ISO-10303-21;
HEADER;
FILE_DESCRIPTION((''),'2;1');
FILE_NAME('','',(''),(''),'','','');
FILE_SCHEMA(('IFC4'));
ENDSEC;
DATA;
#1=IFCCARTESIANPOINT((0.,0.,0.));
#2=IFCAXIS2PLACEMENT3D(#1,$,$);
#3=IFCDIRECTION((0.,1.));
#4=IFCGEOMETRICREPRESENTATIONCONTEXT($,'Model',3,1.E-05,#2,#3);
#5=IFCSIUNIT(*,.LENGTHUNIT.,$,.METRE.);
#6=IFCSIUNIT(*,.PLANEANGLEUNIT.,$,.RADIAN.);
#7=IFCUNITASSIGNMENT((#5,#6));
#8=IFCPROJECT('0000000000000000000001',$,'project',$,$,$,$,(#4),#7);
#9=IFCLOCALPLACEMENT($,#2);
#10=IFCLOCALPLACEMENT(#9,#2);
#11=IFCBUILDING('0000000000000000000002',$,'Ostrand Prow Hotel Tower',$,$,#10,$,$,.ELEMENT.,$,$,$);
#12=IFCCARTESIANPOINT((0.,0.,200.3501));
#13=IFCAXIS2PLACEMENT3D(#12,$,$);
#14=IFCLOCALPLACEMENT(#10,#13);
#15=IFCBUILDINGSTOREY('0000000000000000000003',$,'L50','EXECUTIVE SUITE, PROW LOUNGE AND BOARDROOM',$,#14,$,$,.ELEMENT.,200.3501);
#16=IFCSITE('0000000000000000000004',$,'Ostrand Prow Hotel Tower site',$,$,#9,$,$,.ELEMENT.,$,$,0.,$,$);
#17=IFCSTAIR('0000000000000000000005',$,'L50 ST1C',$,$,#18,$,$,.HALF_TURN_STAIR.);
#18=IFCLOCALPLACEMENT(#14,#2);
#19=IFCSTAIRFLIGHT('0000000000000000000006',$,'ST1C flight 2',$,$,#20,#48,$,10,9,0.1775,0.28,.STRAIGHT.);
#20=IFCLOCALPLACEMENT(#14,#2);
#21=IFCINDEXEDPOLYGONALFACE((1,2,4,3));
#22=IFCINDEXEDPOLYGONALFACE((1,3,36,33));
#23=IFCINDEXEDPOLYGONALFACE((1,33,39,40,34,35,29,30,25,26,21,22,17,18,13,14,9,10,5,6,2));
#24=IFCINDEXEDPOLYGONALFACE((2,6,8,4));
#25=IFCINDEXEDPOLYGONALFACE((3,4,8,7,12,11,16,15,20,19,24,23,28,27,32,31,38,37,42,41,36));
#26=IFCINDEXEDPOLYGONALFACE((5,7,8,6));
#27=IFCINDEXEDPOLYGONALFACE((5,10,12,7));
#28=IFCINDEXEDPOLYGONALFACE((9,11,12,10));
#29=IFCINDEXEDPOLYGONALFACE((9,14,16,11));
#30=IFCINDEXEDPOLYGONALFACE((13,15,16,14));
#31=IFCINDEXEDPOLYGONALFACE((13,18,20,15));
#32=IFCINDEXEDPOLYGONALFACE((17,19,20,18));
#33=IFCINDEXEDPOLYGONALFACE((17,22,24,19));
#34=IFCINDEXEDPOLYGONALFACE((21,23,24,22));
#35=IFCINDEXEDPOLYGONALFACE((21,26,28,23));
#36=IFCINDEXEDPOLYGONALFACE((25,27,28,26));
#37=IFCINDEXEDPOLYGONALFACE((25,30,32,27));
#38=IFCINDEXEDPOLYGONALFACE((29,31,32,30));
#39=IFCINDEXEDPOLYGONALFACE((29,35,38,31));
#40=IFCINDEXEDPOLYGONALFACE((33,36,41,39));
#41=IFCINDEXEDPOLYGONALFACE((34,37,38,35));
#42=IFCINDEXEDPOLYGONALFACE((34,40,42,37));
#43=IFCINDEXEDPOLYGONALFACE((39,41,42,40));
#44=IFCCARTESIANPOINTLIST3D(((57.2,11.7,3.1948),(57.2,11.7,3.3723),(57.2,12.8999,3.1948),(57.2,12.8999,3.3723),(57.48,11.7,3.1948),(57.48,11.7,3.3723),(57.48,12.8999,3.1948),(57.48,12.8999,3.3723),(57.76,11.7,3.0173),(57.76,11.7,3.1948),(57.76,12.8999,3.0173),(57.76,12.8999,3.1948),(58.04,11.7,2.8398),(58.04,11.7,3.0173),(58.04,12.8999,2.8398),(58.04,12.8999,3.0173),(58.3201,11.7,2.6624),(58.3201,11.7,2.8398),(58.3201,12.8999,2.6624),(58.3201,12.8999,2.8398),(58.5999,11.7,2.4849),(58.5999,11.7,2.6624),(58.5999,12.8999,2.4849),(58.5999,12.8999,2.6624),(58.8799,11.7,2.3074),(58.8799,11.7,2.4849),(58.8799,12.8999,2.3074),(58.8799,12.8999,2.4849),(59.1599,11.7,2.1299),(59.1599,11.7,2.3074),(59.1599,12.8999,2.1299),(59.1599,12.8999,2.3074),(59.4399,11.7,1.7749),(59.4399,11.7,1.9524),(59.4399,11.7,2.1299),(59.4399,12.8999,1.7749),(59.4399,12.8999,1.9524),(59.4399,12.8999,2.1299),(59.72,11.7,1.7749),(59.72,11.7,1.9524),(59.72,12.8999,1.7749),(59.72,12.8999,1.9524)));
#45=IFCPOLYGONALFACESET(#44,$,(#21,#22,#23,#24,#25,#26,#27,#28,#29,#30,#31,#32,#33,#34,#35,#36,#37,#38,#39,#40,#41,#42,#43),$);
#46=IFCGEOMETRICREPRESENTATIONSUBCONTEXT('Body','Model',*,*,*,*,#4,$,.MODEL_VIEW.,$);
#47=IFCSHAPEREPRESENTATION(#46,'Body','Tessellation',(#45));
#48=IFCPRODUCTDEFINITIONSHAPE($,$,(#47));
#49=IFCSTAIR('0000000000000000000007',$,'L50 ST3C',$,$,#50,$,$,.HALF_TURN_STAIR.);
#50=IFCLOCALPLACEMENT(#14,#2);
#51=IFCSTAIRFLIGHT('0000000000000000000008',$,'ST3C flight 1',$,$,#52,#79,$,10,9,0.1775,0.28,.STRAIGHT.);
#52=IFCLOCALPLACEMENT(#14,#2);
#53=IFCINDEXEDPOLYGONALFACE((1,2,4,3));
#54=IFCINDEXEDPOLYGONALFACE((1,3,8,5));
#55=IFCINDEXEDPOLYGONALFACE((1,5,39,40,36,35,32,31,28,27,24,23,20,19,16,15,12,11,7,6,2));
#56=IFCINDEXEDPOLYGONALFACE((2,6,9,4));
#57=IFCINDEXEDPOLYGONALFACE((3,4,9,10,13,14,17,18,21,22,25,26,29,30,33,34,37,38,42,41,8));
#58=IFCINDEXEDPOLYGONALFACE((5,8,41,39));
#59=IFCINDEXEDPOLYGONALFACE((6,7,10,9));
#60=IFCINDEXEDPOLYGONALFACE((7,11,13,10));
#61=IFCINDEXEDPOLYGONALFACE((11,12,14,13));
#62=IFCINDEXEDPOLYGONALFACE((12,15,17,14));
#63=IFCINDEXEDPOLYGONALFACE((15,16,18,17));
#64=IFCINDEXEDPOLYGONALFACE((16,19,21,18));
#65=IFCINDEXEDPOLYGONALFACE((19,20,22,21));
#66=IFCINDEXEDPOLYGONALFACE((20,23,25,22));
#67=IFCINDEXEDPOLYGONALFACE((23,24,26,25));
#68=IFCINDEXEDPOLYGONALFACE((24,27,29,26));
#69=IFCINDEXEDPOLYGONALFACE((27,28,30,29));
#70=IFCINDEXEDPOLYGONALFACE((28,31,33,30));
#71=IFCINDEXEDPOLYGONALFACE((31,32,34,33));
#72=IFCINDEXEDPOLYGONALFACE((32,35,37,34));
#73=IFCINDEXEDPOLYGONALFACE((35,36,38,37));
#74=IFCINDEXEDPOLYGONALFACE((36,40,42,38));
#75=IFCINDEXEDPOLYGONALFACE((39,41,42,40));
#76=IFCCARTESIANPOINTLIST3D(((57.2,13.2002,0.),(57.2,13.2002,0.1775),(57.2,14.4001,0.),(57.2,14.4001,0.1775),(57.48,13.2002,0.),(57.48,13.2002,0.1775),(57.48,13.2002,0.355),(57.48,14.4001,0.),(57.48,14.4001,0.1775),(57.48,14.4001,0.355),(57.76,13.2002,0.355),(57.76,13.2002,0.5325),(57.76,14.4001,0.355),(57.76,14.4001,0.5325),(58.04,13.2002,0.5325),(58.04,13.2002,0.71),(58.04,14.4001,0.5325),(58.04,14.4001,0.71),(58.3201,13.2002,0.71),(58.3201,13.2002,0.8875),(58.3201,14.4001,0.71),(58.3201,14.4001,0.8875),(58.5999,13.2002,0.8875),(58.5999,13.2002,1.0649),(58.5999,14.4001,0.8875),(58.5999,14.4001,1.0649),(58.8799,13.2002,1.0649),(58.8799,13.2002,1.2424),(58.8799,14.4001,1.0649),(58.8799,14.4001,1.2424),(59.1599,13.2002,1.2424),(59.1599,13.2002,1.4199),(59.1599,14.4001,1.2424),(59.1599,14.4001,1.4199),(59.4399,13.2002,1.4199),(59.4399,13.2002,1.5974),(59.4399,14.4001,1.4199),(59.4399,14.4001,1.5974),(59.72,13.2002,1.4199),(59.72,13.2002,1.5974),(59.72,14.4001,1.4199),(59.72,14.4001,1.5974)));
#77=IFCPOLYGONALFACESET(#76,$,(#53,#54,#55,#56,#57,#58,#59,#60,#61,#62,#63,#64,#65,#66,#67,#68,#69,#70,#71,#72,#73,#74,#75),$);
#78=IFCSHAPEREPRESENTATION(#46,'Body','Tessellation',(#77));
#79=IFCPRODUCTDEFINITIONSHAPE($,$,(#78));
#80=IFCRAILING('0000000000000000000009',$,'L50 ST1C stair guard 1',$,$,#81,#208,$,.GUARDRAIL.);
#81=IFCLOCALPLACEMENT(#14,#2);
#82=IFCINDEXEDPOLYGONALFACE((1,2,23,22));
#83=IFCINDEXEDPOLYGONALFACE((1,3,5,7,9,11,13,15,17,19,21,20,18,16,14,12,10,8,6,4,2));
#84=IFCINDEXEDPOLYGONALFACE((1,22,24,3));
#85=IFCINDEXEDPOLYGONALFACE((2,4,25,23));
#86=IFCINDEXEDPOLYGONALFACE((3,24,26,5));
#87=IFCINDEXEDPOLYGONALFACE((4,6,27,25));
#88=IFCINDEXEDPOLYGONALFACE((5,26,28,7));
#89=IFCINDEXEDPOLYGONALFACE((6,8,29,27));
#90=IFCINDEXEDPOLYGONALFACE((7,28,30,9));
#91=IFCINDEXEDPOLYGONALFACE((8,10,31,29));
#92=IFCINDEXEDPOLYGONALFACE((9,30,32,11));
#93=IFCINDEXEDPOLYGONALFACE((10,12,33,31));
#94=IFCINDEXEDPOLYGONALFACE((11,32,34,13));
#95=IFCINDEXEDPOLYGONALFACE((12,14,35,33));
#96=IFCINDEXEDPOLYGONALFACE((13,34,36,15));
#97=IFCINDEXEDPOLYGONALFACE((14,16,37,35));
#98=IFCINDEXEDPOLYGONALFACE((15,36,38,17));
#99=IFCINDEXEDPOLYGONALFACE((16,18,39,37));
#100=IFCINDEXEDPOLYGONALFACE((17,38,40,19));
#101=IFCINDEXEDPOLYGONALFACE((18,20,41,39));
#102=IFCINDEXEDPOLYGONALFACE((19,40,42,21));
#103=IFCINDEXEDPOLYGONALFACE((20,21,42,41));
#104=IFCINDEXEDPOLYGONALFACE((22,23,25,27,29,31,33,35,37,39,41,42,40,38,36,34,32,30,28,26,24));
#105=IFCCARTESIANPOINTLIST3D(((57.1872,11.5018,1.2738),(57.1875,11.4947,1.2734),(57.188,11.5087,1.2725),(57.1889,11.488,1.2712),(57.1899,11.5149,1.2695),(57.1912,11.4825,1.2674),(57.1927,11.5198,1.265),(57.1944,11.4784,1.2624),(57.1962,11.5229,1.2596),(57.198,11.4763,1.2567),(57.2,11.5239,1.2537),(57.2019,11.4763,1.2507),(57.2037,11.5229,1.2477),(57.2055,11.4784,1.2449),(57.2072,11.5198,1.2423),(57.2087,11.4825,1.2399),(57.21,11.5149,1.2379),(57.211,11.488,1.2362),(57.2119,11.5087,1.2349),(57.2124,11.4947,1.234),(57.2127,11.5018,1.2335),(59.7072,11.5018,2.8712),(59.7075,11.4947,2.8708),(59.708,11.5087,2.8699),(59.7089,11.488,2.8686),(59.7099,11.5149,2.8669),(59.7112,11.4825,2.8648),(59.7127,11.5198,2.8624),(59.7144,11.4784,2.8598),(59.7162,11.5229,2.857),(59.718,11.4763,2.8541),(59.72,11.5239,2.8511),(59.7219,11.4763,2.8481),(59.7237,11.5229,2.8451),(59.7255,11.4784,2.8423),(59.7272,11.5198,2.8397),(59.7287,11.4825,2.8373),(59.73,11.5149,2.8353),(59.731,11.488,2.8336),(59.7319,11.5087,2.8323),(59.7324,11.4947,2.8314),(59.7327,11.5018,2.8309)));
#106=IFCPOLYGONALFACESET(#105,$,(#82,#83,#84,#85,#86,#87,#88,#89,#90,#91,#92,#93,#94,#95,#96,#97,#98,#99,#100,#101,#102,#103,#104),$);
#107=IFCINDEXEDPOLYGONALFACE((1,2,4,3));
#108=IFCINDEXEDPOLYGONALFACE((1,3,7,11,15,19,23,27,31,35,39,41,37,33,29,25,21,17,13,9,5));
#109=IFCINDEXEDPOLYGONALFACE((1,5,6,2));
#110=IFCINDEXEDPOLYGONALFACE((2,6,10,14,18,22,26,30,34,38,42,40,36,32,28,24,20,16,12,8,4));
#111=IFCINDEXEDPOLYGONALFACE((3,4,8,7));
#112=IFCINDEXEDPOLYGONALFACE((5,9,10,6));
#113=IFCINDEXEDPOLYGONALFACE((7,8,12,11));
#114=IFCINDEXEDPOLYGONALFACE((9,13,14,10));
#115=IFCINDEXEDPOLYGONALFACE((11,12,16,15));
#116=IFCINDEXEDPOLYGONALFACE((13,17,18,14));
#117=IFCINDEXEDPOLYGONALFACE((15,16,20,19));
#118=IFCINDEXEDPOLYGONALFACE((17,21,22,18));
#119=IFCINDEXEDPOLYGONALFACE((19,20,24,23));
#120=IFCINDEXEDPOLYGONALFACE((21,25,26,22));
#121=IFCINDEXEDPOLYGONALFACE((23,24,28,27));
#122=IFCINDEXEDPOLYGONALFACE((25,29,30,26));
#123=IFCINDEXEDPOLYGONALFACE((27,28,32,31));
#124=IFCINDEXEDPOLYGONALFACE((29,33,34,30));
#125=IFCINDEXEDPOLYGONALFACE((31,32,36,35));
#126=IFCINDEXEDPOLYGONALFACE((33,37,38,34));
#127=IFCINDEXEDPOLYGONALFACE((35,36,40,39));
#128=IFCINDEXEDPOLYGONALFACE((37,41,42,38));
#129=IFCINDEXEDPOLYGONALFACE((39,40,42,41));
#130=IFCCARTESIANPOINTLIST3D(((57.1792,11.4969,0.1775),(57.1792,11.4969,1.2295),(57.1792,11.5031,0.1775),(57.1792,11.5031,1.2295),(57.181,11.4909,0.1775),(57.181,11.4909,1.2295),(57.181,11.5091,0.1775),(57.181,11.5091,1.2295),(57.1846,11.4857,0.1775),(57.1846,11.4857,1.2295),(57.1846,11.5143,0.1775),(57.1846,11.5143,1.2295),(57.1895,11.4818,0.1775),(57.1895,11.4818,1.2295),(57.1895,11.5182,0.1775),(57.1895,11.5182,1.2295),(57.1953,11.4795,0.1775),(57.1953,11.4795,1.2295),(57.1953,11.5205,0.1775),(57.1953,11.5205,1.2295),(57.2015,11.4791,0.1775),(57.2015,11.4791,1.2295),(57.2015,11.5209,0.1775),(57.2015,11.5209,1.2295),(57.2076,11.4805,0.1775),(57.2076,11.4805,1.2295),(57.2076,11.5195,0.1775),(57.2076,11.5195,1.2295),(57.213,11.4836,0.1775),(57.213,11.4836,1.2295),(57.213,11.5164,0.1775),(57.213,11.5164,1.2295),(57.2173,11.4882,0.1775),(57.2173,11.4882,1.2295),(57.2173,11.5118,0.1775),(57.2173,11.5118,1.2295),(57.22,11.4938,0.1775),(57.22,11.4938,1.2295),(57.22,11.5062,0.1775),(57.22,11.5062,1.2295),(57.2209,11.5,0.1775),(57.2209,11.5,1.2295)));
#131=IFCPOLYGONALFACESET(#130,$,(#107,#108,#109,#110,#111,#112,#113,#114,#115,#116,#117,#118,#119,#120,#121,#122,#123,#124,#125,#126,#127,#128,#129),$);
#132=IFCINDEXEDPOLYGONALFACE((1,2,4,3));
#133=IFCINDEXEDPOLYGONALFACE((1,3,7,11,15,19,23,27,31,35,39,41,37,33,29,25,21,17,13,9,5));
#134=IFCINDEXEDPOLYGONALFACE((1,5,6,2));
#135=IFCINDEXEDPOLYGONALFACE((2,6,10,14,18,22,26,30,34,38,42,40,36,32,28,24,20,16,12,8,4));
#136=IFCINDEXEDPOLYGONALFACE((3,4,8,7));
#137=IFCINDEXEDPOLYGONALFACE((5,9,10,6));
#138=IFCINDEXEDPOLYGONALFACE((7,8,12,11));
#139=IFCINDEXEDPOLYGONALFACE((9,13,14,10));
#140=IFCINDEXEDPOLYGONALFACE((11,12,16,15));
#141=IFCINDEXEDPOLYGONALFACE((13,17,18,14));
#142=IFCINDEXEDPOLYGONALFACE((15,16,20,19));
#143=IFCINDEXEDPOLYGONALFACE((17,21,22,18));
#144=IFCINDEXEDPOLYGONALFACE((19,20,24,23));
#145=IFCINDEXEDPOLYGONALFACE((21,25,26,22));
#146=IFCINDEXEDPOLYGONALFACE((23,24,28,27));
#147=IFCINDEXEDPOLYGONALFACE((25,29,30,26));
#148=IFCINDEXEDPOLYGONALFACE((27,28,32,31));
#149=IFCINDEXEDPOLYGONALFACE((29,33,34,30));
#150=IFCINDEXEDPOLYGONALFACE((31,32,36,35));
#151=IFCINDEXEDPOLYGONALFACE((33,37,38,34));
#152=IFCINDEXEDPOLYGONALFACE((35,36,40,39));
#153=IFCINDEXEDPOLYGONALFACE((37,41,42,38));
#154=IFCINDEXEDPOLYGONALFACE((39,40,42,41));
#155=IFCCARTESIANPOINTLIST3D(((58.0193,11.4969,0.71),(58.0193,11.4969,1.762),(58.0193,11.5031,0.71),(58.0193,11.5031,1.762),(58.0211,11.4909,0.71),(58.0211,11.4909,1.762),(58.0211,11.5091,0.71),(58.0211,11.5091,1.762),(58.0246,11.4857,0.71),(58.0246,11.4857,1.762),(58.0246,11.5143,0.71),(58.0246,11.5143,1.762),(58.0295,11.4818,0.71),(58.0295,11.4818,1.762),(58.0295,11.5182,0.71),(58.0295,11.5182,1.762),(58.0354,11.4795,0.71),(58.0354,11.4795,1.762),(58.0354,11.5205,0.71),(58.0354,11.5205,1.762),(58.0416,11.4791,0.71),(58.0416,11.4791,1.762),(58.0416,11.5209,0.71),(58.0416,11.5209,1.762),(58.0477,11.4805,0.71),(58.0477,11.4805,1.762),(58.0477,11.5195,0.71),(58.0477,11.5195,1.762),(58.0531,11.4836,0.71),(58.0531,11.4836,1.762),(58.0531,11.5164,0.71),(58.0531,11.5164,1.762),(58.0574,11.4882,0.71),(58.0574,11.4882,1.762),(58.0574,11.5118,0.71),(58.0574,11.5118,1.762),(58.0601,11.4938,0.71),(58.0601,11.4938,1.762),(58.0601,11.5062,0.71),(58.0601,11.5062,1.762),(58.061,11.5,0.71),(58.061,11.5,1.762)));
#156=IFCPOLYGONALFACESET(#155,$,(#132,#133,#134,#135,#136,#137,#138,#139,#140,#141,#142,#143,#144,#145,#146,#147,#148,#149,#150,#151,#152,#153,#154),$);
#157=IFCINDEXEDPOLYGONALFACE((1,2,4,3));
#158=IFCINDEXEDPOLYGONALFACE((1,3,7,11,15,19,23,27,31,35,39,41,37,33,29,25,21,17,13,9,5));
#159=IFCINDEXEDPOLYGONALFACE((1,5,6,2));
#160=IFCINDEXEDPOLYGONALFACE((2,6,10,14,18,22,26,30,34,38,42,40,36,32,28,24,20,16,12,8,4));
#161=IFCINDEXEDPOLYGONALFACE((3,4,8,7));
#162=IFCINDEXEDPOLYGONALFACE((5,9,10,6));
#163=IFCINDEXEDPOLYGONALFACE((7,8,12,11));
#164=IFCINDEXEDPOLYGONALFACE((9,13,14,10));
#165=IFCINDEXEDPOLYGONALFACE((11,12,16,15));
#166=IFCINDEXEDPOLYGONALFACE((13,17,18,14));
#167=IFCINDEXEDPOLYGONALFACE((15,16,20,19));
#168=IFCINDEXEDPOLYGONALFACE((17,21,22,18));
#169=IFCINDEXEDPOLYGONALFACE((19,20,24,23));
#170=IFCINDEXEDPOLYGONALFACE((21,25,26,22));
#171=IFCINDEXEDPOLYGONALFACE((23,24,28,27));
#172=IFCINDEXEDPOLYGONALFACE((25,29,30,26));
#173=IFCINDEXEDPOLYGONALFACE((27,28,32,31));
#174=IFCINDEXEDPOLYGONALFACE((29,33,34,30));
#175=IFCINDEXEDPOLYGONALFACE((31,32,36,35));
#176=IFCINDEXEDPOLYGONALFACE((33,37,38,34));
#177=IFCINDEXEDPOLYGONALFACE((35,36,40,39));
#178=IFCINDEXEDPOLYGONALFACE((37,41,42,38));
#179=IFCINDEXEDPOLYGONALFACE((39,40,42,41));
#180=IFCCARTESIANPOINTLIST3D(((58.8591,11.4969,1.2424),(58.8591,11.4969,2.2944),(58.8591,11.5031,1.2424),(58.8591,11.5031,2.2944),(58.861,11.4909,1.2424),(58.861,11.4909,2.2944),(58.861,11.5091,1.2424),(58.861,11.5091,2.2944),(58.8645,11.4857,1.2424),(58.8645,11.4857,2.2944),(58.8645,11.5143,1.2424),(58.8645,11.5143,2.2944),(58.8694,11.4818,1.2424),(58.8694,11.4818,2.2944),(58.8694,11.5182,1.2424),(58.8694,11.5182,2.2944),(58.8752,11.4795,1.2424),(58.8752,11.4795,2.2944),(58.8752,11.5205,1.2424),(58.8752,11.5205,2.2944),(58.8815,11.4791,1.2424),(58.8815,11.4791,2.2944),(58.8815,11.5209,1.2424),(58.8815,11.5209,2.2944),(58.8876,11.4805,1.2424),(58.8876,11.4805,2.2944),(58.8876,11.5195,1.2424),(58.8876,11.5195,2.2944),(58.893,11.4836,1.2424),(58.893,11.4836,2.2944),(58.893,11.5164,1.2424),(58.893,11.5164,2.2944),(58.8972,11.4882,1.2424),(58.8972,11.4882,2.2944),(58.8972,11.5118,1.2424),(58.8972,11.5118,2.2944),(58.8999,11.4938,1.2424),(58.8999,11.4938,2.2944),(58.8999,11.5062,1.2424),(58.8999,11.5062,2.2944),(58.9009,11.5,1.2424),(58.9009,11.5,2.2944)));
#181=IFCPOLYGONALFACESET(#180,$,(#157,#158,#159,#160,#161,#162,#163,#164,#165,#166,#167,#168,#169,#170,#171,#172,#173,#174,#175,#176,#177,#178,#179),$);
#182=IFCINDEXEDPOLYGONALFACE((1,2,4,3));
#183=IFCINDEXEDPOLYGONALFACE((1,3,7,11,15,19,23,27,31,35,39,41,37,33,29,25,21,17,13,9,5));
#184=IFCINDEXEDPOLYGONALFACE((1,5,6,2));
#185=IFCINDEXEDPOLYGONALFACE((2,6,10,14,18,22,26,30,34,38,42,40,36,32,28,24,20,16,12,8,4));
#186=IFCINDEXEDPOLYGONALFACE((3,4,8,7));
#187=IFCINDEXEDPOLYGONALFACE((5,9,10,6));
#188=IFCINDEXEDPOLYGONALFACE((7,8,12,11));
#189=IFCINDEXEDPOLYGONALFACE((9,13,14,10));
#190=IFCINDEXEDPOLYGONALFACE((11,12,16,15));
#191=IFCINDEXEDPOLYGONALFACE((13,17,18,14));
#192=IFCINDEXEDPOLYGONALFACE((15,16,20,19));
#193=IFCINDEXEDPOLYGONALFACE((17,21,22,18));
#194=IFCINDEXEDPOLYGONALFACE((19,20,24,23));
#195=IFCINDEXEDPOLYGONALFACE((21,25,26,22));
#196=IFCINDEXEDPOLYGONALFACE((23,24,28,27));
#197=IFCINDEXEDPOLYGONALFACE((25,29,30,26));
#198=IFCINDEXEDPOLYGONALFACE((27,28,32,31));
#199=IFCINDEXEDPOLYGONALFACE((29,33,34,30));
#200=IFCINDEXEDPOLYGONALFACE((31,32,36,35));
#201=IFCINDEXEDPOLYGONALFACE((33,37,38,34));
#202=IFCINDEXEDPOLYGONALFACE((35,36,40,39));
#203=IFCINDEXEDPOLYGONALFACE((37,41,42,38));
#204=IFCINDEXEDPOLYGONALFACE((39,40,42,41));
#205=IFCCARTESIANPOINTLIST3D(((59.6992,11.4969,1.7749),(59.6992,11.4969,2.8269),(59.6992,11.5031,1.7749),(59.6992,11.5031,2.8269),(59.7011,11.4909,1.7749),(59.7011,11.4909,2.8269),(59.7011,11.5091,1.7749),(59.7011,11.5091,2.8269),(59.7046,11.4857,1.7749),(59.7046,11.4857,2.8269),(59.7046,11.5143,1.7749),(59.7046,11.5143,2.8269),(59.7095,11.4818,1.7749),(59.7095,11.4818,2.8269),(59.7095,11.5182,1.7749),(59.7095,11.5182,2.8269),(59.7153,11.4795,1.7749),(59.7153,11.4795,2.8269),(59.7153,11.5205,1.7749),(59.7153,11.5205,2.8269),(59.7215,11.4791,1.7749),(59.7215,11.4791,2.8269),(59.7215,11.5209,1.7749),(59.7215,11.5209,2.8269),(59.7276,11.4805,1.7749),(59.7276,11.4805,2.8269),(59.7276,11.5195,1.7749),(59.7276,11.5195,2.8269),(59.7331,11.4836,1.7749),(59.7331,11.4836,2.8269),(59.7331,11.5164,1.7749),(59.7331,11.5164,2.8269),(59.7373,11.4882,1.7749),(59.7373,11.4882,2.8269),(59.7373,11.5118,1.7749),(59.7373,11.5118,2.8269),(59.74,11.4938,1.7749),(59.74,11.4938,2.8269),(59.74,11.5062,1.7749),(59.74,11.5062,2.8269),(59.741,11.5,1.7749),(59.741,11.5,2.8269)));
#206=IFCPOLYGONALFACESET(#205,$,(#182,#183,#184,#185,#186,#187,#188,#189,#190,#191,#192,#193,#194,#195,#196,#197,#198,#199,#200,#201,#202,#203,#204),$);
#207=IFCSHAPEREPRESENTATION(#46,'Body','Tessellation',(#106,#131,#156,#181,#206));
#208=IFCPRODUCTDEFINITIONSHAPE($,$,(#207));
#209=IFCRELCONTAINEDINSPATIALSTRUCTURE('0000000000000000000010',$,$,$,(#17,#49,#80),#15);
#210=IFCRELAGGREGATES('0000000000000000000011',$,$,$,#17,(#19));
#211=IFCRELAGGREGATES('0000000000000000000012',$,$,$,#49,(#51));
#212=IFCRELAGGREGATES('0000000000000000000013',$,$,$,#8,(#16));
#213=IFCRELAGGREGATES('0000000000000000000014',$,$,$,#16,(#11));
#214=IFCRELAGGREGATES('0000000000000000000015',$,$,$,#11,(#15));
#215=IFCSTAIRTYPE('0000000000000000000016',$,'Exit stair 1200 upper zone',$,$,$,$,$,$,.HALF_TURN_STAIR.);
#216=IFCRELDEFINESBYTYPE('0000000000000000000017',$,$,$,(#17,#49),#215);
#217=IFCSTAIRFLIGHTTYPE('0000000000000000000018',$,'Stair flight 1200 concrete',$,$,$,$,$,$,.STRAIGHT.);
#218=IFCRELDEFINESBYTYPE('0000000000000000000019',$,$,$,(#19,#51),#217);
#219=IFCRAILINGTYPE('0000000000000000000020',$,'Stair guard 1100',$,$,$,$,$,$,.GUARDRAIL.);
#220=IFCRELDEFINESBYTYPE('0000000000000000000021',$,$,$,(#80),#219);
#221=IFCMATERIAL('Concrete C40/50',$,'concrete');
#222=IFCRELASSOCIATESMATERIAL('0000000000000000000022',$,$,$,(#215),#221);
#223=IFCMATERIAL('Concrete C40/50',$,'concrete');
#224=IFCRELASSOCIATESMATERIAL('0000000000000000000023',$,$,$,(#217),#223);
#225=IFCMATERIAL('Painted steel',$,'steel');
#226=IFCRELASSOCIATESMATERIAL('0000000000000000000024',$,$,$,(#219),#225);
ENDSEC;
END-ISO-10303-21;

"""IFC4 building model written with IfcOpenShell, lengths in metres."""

from ifc_helpers import new_model, si_unit, direction, frame, origin, origin_2d, place, context, subcontext, project, spatial, polyline, circle, outline, extrude, material, type_object, element, aggregate, save


model = new_model("IFC4")

# Units and contexts
model_context = context("Model", 3, precision=1e-05, world=origin(), true_north=direction((0.0, 1.0)))
body_context = subcontext(model_context, "Body", "Model", "MODEL_VIEW")
ifc_project = project(units=[si_unit("LENGTHUNIT", "METRE"), si_unit("PLANEANGLEUNIT", "RADIAN")], contexts=[model_context])

# Site, building, storey
site_placement = place(None, origin())
site = spatial("IfcSite", under=ifc_project, at=site_placement, Name="Ostrand Prow Hotel Tower site", CompositionType="ELEMENT", RefElevation=0.0)
building_placement = place(site_placement, origin())
building = spatial("IfcBuilding", under=site, at=building_placement, Name="Ostrand Prow Hotel Tower", CompositionType="ELEMENT")
storey_placement = place(building_placement, frame((0.0, 0.0, 200.3501)))
storey = spatial("IfcBuildingStorey", under=building, at=storey_placement, Name="L50", Description="EXECUTIVE SUITE, PROW LOUNGE AND BOARDROOM", CompositionType="ELEMENT", Elevation=200.3501)

# Stair, stair flight
ifc_material_1 = material(Name="Concrete C40/50", Category="concrete")
stair_type = type_object("IfcStairType", Name="Exit stair 1200 upper zone", PredefinedType="HALF_TURN_STAIR", material=ifc_material_1)
stair_1_placement = place(storey_placement, origin())
stair_1 = element("IfcStair", 1, at=stair_1_placement, inside=storey, type_object=stair_type, Name="L50 ST1C", PredefinedType="HALF_TURN_STAIR")
ifc_material_2 = material(Name="Concrete C40/50", Category="concrete")
stair_flight_type = type_object("IfcStairFlightType", Name="Stair flight 1200 concrete", PredefinedType="STRAIGHT", material=ifc_material_2)
stair_flight_1_placement = place(storey_placement, frame((59.72, 12.3, 1.7749), z_axis=(0.0, 0.0, 1.0), x_axis=(-1.0, 0.0, 0.0)))
stair_flight_1 = element("IfcStairFlight", 2, at=stair_flight_1_placement, type_object=stair_flight_type, Name="ST1C flight 2", NumberOfRisers=10, NumberOfTreads=9, PredefinedType="STRAIGHT", RiserHeight=0.1775, TreadLength=0.28, context=body_context, shape_type="SweptSolid", body=[
    extrude(outline(polyline([(0.0, 0.0), (0.0, 0.1775), (0.28, 0.1775), (0.28, 0.355), (0.5601, 0.355), (0.5601, 0.5325), (0.8401, 0.5325), (0.8401, 0.71), (1.1201, 0.71), (1.1201, 0.8875), (1.3999, 0.8875), (1.3999, 1.0649), (1.6799, 1.0649), (1.6799, 1.2424), (1.96, 1.2424), (1.96, 1.4199), (2.24, 1.4199), (2.24, 1.5974), (2.52, 1.5974), (2.52, 1.7749), (2.52, 1.4199), (0.28, 0.0), (0.0, 0.0)])), frame((0.0, 0.6001, 0.0), z_axis=(0.0, -1.0, 0.0), x_axis=(1.0, 0.0, 0.0)), (0.0, 0.0, 1.0), 1.2),
])
aggregate(stair_1, [stair_flight_1])

# Stair, stair flight
stair_2_placement = place(storey_placement, origin())
stair_2 = element("IfcStair", 3, at=stair_2_placement, inside=storey, type_object=stair_type, Name="L50 ST3C", PredefinedType="HALF_TURN_STAIR")
stair_flight_2_placement = place(storey_placement, frame((57.2, 13.8, 0.0), z_axis=(0.0, 0.0, 1.0), x_axis=(1.0, 0.0, 0.0)))
stair_flight_2 = element("IfcStairFlight", 4, at=stair_flight_2_placement, type_object=stair_flight_type, Name="ST3C flight 1", NumberOfRisers=10, NumberOfTreads=9, PredefinedType="STRAIGHT", RiserHeight=0.1775, TreadLength=0.28, context=body_context, shape_type="SweptSolid", body=[
    extrude(outline(polyline([(0.0, 0.0), (0.0, 0.1775), (0.28, 0.1775), (0.28, 0.355), (0.5601, 0.355), (0.5601, 0.5325), (0.8401, 0.5325), (0.8401, 0.71), (1.1201, 0.71), (1.1201, 0.8875), (1.3999, 0.8875), (1.3999, 1.0649), (1.6799, 1.0649), (1.6799, 1.2424), (1.96, 1.2424), (1.96, 1.4199), (2.24, 1.4199), (2.24, 1.5974), (2.52, 1.5974), (2.52, 1.7749), (2.52, 1.4199), (0.28, 0.0), (0.0, 0.0)])), frame((0.0, 0.6001, 0.0), z_axis=(0.0, -1.0, 0.0), x_axis=(1.0, 0.0, 0.0)), (0.0, 0.0, 1.0), 1.2),
])
aggregate(stair_2, [stair_flight_2])

# Railing
ifc_material_3 = material(Name="Painted steel", Category="steel")
railing_type_1 = type_object("IfcRailingType", Name="Stair guard 1100", PredefinedType="GUARDRAIL", material=ifc_material_3)
railing_1_placement = place(storey_placement, frame((57.2, 11.5, 0.1775)))
element("IfcRailing", 5, at=railing_1_placement, inside=storey, type_object=railing_type_1, Name="L50 ST1C stair guard 1", PredefinedType="GUARDRAIL", context=body_context, shape_type="SweptSolid", body=[
    extrude(circle(Radius=0.0239, at=origin_2d()), frame((0.0, 0.0, 1.0762), z_axis=(0.844607, 0.0, 0.535387), x_axis=(0.0, 1.0, 0.0)), (0.0, 0.0, 1.0), 2.9836),
    extrude(circle(Radius=0.021, at=origin_2d()), origin(), (0.0, 0.0, 1.0), 1.052),
    extrude(circle(Radius=0.021, at=origin_2d()), frame((0.8401, 0.0, 0.5325)), (0.0, 0.0, 1.0), 1.052),
    extrude(circle(Radius=0.021, at=origin_2d()), frame((1.6799, 0.0, 1.0649)), (0.0, 0.0, 1.0), 1.052),
    extrude(circle(Radius=0.021, at=origin_2d()), frame((2.52, 0.0, 1.5974)), (0.0, 0.0, 1.0), 1.052),
])

save(model, "model.ifc")
